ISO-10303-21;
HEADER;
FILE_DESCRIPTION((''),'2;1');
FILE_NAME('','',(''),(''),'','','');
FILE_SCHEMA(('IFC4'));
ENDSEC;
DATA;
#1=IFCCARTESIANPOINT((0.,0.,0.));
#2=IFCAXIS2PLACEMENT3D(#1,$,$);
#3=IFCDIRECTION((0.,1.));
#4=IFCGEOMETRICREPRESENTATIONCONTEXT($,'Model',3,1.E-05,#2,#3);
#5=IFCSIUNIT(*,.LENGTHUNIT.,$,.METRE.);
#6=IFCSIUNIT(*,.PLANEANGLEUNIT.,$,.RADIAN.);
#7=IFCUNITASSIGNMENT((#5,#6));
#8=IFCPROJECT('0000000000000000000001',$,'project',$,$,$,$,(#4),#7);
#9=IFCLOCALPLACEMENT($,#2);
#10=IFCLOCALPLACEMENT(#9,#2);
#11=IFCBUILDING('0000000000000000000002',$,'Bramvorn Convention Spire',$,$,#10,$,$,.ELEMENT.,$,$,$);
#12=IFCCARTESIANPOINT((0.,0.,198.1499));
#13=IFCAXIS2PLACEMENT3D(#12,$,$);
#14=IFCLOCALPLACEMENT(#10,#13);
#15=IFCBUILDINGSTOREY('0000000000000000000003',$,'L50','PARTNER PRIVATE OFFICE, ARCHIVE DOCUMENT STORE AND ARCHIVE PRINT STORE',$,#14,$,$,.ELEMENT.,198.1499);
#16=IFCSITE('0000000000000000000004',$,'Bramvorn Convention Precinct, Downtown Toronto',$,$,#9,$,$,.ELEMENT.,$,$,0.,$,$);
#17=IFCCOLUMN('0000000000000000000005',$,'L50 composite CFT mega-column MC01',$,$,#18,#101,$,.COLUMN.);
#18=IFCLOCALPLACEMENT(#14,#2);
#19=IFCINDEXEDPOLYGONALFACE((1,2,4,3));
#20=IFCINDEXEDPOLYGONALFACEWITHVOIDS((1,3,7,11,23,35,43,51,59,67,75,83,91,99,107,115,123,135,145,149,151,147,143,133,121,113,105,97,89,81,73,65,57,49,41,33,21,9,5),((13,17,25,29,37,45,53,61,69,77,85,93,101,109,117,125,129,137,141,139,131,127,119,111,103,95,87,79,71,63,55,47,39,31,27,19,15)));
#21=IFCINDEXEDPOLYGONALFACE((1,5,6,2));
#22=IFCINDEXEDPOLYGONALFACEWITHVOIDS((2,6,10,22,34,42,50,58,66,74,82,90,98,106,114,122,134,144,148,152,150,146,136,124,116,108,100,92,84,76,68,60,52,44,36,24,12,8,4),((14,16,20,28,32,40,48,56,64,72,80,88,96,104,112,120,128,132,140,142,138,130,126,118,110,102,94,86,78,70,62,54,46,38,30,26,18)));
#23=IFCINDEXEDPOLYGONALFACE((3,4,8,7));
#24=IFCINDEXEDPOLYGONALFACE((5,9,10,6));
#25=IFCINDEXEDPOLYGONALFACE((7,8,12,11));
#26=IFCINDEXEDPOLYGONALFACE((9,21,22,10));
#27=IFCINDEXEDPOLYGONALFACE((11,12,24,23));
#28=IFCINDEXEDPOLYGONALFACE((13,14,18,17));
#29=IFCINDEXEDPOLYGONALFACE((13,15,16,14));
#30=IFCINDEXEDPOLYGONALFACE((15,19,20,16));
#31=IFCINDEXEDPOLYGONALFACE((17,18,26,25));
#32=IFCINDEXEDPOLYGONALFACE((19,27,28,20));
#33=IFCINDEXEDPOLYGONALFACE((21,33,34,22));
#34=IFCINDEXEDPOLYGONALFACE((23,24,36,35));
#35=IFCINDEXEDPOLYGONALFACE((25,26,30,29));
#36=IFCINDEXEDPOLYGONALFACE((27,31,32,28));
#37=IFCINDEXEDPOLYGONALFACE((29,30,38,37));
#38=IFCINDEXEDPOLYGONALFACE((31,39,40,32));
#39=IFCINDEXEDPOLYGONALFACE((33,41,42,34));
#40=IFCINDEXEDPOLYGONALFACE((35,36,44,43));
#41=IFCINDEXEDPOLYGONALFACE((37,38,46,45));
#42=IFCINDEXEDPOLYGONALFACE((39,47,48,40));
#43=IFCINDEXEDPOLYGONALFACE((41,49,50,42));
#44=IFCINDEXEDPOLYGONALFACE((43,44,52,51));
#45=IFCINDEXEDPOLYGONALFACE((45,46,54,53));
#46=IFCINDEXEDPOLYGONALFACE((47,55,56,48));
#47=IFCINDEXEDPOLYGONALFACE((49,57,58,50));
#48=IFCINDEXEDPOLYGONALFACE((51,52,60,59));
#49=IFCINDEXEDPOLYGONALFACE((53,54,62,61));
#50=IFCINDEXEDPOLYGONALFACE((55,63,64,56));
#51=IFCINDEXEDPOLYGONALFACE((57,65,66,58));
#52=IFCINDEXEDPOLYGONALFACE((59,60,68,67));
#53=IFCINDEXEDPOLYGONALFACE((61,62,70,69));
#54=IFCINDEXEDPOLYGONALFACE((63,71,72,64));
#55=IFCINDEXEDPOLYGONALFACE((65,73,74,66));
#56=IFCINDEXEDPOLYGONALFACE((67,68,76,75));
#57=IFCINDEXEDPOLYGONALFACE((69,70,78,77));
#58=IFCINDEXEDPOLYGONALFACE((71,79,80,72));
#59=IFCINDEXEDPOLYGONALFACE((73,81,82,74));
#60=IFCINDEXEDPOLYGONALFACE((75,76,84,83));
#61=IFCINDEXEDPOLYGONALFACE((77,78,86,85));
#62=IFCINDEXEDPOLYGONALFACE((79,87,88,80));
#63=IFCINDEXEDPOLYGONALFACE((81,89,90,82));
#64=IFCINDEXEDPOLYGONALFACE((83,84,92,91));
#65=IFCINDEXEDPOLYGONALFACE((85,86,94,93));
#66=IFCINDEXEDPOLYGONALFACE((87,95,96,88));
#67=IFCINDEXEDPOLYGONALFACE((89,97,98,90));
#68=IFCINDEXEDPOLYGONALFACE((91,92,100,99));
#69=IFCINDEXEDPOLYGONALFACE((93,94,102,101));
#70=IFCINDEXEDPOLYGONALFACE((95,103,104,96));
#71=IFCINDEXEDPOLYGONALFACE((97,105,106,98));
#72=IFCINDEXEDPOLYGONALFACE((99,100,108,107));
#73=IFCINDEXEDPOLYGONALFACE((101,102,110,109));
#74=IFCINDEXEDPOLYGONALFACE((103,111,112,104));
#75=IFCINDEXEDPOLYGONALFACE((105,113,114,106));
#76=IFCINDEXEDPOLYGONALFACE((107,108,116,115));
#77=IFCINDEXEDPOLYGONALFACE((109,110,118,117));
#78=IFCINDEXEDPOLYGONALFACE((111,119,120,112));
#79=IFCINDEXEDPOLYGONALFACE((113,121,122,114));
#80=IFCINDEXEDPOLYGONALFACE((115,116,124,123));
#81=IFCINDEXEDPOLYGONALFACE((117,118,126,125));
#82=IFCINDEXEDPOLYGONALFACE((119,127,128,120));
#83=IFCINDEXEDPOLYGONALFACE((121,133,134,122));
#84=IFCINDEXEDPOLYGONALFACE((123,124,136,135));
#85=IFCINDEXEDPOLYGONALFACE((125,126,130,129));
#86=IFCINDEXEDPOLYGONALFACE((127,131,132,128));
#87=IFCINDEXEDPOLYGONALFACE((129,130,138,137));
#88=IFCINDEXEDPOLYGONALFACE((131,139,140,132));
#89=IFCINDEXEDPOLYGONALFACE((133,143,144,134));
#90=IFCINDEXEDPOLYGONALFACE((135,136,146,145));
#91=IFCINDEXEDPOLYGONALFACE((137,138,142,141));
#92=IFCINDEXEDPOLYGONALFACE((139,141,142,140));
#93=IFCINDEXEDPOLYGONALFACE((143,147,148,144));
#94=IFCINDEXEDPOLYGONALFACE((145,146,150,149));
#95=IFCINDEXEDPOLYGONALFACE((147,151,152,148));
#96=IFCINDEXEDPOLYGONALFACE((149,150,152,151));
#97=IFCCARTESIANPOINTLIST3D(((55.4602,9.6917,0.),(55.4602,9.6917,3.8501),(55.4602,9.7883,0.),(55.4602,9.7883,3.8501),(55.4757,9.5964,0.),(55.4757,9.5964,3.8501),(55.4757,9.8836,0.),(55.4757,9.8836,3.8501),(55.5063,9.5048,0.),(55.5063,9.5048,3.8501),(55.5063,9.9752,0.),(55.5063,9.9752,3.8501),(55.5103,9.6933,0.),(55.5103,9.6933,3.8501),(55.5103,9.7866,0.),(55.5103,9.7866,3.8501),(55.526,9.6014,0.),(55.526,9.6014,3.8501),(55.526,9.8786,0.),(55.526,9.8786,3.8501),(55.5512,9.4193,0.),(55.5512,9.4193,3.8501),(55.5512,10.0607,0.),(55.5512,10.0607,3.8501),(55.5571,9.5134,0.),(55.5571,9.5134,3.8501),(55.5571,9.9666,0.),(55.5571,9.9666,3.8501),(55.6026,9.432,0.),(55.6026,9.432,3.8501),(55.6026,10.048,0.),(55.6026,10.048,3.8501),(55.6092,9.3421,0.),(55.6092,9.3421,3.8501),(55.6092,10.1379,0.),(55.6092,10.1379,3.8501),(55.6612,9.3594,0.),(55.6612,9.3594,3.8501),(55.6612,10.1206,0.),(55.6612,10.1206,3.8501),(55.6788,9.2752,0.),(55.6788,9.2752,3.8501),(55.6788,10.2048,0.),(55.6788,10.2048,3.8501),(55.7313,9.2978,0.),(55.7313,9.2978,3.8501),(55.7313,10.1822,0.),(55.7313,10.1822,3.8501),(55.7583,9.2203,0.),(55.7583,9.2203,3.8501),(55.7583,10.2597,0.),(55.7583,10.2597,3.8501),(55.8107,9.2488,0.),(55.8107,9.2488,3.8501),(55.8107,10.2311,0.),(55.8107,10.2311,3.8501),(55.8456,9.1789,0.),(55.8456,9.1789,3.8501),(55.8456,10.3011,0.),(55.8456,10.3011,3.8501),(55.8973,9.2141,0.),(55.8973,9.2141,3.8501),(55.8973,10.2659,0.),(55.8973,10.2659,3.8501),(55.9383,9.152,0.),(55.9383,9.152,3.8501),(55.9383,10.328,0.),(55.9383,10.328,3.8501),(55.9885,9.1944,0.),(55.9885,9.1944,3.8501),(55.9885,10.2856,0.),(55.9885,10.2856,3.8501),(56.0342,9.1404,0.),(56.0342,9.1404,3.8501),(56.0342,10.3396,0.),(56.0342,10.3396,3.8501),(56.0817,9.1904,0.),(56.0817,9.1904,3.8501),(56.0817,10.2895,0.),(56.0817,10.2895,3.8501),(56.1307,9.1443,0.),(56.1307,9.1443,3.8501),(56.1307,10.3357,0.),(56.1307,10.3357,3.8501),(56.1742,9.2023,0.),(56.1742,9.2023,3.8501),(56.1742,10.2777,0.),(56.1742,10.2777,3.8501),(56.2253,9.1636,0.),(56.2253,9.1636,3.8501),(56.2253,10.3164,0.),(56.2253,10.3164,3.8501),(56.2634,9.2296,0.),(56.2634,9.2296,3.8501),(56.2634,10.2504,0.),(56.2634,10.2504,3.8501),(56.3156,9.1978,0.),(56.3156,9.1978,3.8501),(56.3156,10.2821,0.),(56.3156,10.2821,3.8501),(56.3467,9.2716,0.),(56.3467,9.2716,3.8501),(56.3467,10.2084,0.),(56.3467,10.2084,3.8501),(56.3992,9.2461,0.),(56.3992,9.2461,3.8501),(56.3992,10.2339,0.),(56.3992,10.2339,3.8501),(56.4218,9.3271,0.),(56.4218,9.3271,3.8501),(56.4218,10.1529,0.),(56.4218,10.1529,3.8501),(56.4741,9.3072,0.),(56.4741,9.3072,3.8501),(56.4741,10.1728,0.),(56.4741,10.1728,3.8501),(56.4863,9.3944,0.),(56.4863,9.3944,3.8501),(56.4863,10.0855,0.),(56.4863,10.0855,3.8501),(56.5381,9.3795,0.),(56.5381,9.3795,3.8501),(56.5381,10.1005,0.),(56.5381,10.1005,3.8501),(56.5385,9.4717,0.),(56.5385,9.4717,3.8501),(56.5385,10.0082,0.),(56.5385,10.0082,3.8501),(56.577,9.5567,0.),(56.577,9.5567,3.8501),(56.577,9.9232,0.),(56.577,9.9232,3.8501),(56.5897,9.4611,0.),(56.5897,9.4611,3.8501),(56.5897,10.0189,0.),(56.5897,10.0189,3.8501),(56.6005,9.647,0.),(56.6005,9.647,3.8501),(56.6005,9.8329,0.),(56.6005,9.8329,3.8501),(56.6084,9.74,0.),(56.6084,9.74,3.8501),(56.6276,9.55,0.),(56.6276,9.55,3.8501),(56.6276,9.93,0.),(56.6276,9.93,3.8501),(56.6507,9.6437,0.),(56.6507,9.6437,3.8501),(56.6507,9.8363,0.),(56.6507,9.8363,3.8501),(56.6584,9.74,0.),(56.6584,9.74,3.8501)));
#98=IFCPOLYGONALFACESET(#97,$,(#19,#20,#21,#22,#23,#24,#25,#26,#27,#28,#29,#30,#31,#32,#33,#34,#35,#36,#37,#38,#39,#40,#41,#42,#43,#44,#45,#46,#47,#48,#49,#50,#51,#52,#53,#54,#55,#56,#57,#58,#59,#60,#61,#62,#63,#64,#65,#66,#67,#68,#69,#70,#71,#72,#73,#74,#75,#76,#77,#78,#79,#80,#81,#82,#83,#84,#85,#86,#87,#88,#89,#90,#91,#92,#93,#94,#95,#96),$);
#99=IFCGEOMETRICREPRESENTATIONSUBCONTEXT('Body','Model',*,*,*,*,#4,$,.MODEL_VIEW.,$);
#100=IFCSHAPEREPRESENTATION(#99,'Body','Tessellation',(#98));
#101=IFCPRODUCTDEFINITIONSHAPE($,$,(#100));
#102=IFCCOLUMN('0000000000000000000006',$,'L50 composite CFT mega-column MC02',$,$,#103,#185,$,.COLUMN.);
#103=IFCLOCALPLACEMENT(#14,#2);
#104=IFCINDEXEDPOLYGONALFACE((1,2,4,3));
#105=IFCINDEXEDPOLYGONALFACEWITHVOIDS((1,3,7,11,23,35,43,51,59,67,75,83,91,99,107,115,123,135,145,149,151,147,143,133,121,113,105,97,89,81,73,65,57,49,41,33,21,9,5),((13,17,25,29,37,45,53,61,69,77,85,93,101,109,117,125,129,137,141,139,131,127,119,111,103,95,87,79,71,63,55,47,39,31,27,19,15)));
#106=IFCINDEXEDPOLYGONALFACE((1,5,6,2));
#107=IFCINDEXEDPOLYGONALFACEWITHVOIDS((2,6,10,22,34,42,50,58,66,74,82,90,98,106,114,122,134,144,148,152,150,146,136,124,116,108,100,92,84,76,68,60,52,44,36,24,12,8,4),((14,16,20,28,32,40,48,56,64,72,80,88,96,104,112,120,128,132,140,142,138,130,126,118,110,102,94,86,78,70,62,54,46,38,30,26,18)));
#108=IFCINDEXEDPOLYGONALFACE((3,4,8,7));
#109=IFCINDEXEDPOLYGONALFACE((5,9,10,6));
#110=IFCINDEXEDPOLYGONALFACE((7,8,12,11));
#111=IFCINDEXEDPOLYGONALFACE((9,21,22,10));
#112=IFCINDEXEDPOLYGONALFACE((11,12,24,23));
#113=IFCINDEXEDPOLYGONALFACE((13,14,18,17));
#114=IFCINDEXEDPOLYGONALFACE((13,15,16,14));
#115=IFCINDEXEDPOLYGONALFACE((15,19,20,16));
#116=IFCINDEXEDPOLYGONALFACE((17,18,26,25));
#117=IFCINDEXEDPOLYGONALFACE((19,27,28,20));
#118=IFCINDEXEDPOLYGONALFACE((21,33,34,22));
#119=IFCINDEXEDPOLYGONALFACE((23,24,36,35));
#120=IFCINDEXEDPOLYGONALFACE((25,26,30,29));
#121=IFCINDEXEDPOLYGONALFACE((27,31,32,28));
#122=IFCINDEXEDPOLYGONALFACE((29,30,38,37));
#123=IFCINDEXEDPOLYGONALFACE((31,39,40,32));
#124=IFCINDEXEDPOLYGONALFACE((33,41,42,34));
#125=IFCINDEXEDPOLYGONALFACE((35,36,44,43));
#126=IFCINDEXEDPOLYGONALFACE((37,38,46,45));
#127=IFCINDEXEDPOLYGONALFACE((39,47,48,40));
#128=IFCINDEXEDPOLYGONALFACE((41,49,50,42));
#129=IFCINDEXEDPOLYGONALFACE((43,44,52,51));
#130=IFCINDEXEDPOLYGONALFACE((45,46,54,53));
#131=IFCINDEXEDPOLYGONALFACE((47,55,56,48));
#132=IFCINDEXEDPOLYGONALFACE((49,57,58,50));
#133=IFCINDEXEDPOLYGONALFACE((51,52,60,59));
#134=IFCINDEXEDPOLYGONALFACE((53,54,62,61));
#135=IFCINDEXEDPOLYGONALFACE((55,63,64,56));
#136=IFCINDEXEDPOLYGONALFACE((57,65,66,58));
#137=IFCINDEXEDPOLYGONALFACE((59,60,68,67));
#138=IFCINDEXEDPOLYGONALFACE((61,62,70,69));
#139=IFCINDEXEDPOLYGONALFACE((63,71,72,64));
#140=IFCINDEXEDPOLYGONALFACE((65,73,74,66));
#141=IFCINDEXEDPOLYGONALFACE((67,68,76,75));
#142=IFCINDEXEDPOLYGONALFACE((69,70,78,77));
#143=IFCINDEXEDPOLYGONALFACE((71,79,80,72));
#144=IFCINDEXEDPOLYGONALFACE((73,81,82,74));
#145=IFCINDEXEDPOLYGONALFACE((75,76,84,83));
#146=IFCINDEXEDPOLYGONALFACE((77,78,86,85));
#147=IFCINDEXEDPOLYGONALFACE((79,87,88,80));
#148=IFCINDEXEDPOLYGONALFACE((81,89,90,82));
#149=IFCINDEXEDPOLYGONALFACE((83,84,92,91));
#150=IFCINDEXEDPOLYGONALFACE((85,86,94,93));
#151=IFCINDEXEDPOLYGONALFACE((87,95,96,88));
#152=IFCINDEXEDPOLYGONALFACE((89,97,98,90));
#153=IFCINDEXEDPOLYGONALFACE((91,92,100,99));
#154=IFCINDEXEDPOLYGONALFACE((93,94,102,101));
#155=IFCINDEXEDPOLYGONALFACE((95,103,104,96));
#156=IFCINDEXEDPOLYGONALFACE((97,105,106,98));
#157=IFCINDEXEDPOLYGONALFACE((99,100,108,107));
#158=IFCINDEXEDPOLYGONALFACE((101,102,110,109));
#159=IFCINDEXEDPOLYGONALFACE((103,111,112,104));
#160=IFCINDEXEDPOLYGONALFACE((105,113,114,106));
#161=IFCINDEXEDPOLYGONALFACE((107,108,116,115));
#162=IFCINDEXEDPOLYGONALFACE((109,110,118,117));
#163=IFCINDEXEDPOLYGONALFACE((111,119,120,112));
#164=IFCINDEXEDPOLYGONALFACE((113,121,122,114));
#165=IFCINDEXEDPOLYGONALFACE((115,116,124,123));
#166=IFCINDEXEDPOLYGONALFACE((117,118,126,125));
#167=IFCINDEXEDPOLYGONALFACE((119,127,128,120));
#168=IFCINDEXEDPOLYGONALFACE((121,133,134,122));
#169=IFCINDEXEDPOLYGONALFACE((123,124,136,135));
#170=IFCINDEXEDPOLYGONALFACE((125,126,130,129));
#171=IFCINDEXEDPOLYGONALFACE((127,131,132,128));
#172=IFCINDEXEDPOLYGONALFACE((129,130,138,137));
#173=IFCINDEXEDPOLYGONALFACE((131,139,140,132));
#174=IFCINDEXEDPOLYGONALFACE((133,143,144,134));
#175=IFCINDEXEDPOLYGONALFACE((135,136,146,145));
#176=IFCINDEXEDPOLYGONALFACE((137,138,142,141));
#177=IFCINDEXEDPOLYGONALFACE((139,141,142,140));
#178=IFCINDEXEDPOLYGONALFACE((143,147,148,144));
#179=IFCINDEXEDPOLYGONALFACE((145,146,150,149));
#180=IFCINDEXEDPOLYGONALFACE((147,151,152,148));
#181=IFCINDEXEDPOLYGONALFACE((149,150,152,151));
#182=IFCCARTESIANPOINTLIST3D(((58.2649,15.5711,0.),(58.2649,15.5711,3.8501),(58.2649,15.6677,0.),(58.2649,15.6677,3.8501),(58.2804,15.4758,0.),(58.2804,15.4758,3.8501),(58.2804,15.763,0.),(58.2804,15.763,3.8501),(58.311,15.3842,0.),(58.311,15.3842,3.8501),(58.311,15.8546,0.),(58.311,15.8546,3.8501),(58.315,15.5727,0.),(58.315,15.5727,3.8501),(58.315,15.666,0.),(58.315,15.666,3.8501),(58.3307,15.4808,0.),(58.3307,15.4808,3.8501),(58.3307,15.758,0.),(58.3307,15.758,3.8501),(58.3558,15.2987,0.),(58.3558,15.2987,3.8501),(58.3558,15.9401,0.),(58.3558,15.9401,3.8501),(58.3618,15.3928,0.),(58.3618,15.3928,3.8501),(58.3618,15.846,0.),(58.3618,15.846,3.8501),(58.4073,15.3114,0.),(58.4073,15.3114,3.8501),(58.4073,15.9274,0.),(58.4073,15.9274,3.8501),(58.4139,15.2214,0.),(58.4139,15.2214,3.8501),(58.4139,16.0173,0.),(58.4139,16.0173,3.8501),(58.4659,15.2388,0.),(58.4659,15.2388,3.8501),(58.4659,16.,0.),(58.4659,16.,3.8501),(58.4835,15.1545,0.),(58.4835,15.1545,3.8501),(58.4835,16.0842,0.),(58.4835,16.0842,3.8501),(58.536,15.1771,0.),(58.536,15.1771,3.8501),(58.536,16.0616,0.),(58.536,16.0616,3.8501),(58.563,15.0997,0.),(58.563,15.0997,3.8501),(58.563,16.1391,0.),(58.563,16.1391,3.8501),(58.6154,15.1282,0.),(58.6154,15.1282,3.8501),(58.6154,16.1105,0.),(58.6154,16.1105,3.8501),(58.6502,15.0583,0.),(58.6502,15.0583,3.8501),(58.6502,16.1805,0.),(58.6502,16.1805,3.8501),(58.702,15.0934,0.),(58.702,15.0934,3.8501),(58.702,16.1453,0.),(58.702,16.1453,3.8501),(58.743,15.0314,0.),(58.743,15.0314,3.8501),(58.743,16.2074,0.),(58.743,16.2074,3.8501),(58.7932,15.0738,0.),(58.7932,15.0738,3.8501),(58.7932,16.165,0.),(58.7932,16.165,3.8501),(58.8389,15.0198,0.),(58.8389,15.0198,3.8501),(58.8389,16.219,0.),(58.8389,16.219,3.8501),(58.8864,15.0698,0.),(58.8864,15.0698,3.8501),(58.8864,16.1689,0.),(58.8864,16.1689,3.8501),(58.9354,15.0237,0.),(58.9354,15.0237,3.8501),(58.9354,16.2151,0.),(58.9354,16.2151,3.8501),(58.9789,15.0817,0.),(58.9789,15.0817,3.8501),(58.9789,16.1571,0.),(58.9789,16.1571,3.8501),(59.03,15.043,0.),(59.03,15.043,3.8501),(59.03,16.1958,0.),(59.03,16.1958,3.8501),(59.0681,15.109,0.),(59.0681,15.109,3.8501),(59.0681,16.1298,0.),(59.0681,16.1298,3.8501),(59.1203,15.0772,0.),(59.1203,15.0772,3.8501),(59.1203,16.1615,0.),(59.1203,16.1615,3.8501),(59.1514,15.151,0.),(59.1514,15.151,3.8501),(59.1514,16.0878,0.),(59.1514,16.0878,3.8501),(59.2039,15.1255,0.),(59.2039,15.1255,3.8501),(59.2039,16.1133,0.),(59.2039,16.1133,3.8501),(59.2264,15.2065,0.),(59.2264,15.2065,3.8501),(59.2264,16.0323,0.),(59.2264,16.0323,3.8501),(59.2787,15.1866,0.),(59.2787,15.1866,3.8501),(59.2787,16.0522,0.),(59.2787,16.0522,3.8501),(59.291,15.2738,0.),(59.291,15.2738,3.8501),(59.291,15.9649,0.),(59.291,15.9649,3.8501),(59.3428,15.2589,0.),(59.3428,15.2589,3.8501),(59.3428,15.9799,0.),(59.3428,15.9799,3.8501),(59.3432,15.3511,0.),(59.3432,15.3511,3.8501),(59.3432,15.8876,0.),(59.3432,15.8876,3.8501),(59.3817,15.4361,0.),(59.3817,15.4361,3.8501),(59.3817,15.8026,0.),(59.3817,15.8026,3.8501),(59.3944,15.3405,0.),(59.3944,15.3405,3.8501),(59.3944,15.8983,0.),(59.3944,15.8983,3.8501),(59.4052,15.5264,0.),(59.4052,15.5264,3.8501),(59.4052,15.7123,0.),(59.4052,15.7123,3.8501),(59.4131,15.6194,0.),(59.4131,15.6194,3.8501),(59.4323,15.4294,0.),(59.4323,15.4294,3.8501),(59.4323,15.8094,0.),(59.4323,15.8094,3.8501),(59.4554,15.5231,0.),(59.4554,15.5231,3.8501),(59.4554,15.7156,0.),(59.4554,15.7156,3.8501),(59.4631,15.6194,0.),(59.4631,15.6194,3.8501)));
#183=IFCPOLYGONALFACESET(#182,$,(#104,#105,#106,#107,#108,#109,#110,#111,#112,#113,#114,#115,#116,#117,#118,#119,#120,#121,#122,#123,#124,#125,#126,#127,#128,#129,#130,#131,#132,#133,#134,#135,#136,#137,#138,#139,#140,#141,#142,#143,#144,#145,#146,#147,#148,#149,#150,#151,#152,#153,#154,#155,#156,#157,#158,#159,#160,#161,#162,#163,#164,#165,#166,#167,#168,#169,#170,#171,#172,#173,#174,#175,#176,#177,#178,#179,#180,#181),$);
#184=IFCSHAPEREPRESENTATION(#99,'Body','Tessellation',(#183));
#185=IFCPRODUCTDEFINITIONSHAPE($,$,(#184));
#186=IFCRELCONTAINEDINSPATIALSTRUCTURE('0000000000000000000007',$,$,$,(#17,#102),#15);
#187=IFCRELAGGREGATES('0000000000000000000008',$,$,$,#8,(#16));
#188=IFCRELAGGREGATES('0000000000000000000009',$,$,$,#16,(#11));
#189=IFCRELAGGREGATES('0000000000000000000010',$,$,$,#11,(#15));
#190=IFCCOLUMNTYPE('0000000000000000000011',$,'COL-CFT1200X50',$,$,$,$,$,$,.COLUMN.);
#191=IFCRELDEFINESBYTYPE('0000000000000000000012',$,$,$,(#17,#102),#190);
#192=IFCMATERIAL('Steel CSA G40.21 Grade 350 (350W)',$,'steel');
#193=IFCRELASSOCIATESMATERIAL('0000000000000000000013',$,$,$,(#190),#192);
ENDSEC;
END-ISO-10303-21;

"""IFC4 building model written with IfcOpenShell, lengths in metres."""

from ifc_helpers import new_model, si_unit, direction, frame, origin, origin_2d, place, context, subcontext, project, spatial, hollow_circle, extrude, material, material_profile, profile_set, type_object, element, save


model = new_model("IFC4")

# Units and contexts
model_context = context("Model", 3, precision=1e-05, world=origin(), true_north=direction((0.0, 1.0)))
body_context = subcontext(model_context, "Body", "Model", "MODEL_VIEW")
ifc_project = project(units=[si_unit("LENGTHUNIT", "METRE"), si_unit("PLANEANGLEUNIT", "RADIAN")], contexts=[model_context])

# Site, building, storey
site_placement = place(None, origin())
site = spatial("IfcSite", under=ifc_project, at=site_placement, Name="Bramvorn Convention Precinct, Downtown Toronto", CompositionType="ELEMENT", RefElevation=0.0)
building_placement = place(site_placement, origin())
building = spatial("IfcBuilding", under=site, at=building_placement, Name="Bramvorn Convention Spire", CompositionType="ELEMENT")
storey_placement = place(building_placement, frame((0.0, 0.0, 198.1499)))
storey = spatial("IfcBuildingStorey", under=building, at=storey_placement, Name="L50", Description="PARTNER PRIVATE OFFICE, ARCHIVE DOCUMENT STORE AND ARCHIVE PRINT STORE", CompositionType="ELEMENT", Elevation=198.1499)

# Columns
ifc_material_1 = material(Name="Steel CSA G40.21 Grade 350 (350W)", Category="steel")
ifc_material_profile_1 = material_profile(ifc_material_1, hollow_circle(Radius=0.6001, WallThickness=0.05, at=origin_2d()))
ifc_profile_set_1 = profile_set([ifc_material_profile_1], Name="Steel CSA G40.21 Grade 350 (350W) - CFT1200X50")
column_type = type_object("IfcColumnType", Name="COL-CFT1200X50", PredefinedType="COLUMN", material=ifc_profile_set_1)
for number, where, z_axis, x_axis, name in (
    (1, (56.0583, 9.74, 0.0), (0.0, 0.0, 1.0), (1.0, 0.0, 0.0), "L50 composite CFT mega-column MC01"),
    (2, (58.863, 15.6194, 0.0), (0.0, 0.0, 1.0), (1.0, 0.0, 0.0), "L50 composite CFT mega-column MC02"),
):
    element("IfcColumn", number, at=place(storey_placement, frame(where, z_axis=z_axis, x_axis=x_axis)), inside=storey, type_object=column_type, Name=name, PredefinedType="COLUMN", context=body_context, shape_type="SweptSolid", body=[
        extrude(hollow_circle(Radius=0.6001, WallThickness=0.05, at=origin_2d()), origin(), (0.0, 0.0, 1.0), 3.8501),
    ])

save(model, "model.ifc")
